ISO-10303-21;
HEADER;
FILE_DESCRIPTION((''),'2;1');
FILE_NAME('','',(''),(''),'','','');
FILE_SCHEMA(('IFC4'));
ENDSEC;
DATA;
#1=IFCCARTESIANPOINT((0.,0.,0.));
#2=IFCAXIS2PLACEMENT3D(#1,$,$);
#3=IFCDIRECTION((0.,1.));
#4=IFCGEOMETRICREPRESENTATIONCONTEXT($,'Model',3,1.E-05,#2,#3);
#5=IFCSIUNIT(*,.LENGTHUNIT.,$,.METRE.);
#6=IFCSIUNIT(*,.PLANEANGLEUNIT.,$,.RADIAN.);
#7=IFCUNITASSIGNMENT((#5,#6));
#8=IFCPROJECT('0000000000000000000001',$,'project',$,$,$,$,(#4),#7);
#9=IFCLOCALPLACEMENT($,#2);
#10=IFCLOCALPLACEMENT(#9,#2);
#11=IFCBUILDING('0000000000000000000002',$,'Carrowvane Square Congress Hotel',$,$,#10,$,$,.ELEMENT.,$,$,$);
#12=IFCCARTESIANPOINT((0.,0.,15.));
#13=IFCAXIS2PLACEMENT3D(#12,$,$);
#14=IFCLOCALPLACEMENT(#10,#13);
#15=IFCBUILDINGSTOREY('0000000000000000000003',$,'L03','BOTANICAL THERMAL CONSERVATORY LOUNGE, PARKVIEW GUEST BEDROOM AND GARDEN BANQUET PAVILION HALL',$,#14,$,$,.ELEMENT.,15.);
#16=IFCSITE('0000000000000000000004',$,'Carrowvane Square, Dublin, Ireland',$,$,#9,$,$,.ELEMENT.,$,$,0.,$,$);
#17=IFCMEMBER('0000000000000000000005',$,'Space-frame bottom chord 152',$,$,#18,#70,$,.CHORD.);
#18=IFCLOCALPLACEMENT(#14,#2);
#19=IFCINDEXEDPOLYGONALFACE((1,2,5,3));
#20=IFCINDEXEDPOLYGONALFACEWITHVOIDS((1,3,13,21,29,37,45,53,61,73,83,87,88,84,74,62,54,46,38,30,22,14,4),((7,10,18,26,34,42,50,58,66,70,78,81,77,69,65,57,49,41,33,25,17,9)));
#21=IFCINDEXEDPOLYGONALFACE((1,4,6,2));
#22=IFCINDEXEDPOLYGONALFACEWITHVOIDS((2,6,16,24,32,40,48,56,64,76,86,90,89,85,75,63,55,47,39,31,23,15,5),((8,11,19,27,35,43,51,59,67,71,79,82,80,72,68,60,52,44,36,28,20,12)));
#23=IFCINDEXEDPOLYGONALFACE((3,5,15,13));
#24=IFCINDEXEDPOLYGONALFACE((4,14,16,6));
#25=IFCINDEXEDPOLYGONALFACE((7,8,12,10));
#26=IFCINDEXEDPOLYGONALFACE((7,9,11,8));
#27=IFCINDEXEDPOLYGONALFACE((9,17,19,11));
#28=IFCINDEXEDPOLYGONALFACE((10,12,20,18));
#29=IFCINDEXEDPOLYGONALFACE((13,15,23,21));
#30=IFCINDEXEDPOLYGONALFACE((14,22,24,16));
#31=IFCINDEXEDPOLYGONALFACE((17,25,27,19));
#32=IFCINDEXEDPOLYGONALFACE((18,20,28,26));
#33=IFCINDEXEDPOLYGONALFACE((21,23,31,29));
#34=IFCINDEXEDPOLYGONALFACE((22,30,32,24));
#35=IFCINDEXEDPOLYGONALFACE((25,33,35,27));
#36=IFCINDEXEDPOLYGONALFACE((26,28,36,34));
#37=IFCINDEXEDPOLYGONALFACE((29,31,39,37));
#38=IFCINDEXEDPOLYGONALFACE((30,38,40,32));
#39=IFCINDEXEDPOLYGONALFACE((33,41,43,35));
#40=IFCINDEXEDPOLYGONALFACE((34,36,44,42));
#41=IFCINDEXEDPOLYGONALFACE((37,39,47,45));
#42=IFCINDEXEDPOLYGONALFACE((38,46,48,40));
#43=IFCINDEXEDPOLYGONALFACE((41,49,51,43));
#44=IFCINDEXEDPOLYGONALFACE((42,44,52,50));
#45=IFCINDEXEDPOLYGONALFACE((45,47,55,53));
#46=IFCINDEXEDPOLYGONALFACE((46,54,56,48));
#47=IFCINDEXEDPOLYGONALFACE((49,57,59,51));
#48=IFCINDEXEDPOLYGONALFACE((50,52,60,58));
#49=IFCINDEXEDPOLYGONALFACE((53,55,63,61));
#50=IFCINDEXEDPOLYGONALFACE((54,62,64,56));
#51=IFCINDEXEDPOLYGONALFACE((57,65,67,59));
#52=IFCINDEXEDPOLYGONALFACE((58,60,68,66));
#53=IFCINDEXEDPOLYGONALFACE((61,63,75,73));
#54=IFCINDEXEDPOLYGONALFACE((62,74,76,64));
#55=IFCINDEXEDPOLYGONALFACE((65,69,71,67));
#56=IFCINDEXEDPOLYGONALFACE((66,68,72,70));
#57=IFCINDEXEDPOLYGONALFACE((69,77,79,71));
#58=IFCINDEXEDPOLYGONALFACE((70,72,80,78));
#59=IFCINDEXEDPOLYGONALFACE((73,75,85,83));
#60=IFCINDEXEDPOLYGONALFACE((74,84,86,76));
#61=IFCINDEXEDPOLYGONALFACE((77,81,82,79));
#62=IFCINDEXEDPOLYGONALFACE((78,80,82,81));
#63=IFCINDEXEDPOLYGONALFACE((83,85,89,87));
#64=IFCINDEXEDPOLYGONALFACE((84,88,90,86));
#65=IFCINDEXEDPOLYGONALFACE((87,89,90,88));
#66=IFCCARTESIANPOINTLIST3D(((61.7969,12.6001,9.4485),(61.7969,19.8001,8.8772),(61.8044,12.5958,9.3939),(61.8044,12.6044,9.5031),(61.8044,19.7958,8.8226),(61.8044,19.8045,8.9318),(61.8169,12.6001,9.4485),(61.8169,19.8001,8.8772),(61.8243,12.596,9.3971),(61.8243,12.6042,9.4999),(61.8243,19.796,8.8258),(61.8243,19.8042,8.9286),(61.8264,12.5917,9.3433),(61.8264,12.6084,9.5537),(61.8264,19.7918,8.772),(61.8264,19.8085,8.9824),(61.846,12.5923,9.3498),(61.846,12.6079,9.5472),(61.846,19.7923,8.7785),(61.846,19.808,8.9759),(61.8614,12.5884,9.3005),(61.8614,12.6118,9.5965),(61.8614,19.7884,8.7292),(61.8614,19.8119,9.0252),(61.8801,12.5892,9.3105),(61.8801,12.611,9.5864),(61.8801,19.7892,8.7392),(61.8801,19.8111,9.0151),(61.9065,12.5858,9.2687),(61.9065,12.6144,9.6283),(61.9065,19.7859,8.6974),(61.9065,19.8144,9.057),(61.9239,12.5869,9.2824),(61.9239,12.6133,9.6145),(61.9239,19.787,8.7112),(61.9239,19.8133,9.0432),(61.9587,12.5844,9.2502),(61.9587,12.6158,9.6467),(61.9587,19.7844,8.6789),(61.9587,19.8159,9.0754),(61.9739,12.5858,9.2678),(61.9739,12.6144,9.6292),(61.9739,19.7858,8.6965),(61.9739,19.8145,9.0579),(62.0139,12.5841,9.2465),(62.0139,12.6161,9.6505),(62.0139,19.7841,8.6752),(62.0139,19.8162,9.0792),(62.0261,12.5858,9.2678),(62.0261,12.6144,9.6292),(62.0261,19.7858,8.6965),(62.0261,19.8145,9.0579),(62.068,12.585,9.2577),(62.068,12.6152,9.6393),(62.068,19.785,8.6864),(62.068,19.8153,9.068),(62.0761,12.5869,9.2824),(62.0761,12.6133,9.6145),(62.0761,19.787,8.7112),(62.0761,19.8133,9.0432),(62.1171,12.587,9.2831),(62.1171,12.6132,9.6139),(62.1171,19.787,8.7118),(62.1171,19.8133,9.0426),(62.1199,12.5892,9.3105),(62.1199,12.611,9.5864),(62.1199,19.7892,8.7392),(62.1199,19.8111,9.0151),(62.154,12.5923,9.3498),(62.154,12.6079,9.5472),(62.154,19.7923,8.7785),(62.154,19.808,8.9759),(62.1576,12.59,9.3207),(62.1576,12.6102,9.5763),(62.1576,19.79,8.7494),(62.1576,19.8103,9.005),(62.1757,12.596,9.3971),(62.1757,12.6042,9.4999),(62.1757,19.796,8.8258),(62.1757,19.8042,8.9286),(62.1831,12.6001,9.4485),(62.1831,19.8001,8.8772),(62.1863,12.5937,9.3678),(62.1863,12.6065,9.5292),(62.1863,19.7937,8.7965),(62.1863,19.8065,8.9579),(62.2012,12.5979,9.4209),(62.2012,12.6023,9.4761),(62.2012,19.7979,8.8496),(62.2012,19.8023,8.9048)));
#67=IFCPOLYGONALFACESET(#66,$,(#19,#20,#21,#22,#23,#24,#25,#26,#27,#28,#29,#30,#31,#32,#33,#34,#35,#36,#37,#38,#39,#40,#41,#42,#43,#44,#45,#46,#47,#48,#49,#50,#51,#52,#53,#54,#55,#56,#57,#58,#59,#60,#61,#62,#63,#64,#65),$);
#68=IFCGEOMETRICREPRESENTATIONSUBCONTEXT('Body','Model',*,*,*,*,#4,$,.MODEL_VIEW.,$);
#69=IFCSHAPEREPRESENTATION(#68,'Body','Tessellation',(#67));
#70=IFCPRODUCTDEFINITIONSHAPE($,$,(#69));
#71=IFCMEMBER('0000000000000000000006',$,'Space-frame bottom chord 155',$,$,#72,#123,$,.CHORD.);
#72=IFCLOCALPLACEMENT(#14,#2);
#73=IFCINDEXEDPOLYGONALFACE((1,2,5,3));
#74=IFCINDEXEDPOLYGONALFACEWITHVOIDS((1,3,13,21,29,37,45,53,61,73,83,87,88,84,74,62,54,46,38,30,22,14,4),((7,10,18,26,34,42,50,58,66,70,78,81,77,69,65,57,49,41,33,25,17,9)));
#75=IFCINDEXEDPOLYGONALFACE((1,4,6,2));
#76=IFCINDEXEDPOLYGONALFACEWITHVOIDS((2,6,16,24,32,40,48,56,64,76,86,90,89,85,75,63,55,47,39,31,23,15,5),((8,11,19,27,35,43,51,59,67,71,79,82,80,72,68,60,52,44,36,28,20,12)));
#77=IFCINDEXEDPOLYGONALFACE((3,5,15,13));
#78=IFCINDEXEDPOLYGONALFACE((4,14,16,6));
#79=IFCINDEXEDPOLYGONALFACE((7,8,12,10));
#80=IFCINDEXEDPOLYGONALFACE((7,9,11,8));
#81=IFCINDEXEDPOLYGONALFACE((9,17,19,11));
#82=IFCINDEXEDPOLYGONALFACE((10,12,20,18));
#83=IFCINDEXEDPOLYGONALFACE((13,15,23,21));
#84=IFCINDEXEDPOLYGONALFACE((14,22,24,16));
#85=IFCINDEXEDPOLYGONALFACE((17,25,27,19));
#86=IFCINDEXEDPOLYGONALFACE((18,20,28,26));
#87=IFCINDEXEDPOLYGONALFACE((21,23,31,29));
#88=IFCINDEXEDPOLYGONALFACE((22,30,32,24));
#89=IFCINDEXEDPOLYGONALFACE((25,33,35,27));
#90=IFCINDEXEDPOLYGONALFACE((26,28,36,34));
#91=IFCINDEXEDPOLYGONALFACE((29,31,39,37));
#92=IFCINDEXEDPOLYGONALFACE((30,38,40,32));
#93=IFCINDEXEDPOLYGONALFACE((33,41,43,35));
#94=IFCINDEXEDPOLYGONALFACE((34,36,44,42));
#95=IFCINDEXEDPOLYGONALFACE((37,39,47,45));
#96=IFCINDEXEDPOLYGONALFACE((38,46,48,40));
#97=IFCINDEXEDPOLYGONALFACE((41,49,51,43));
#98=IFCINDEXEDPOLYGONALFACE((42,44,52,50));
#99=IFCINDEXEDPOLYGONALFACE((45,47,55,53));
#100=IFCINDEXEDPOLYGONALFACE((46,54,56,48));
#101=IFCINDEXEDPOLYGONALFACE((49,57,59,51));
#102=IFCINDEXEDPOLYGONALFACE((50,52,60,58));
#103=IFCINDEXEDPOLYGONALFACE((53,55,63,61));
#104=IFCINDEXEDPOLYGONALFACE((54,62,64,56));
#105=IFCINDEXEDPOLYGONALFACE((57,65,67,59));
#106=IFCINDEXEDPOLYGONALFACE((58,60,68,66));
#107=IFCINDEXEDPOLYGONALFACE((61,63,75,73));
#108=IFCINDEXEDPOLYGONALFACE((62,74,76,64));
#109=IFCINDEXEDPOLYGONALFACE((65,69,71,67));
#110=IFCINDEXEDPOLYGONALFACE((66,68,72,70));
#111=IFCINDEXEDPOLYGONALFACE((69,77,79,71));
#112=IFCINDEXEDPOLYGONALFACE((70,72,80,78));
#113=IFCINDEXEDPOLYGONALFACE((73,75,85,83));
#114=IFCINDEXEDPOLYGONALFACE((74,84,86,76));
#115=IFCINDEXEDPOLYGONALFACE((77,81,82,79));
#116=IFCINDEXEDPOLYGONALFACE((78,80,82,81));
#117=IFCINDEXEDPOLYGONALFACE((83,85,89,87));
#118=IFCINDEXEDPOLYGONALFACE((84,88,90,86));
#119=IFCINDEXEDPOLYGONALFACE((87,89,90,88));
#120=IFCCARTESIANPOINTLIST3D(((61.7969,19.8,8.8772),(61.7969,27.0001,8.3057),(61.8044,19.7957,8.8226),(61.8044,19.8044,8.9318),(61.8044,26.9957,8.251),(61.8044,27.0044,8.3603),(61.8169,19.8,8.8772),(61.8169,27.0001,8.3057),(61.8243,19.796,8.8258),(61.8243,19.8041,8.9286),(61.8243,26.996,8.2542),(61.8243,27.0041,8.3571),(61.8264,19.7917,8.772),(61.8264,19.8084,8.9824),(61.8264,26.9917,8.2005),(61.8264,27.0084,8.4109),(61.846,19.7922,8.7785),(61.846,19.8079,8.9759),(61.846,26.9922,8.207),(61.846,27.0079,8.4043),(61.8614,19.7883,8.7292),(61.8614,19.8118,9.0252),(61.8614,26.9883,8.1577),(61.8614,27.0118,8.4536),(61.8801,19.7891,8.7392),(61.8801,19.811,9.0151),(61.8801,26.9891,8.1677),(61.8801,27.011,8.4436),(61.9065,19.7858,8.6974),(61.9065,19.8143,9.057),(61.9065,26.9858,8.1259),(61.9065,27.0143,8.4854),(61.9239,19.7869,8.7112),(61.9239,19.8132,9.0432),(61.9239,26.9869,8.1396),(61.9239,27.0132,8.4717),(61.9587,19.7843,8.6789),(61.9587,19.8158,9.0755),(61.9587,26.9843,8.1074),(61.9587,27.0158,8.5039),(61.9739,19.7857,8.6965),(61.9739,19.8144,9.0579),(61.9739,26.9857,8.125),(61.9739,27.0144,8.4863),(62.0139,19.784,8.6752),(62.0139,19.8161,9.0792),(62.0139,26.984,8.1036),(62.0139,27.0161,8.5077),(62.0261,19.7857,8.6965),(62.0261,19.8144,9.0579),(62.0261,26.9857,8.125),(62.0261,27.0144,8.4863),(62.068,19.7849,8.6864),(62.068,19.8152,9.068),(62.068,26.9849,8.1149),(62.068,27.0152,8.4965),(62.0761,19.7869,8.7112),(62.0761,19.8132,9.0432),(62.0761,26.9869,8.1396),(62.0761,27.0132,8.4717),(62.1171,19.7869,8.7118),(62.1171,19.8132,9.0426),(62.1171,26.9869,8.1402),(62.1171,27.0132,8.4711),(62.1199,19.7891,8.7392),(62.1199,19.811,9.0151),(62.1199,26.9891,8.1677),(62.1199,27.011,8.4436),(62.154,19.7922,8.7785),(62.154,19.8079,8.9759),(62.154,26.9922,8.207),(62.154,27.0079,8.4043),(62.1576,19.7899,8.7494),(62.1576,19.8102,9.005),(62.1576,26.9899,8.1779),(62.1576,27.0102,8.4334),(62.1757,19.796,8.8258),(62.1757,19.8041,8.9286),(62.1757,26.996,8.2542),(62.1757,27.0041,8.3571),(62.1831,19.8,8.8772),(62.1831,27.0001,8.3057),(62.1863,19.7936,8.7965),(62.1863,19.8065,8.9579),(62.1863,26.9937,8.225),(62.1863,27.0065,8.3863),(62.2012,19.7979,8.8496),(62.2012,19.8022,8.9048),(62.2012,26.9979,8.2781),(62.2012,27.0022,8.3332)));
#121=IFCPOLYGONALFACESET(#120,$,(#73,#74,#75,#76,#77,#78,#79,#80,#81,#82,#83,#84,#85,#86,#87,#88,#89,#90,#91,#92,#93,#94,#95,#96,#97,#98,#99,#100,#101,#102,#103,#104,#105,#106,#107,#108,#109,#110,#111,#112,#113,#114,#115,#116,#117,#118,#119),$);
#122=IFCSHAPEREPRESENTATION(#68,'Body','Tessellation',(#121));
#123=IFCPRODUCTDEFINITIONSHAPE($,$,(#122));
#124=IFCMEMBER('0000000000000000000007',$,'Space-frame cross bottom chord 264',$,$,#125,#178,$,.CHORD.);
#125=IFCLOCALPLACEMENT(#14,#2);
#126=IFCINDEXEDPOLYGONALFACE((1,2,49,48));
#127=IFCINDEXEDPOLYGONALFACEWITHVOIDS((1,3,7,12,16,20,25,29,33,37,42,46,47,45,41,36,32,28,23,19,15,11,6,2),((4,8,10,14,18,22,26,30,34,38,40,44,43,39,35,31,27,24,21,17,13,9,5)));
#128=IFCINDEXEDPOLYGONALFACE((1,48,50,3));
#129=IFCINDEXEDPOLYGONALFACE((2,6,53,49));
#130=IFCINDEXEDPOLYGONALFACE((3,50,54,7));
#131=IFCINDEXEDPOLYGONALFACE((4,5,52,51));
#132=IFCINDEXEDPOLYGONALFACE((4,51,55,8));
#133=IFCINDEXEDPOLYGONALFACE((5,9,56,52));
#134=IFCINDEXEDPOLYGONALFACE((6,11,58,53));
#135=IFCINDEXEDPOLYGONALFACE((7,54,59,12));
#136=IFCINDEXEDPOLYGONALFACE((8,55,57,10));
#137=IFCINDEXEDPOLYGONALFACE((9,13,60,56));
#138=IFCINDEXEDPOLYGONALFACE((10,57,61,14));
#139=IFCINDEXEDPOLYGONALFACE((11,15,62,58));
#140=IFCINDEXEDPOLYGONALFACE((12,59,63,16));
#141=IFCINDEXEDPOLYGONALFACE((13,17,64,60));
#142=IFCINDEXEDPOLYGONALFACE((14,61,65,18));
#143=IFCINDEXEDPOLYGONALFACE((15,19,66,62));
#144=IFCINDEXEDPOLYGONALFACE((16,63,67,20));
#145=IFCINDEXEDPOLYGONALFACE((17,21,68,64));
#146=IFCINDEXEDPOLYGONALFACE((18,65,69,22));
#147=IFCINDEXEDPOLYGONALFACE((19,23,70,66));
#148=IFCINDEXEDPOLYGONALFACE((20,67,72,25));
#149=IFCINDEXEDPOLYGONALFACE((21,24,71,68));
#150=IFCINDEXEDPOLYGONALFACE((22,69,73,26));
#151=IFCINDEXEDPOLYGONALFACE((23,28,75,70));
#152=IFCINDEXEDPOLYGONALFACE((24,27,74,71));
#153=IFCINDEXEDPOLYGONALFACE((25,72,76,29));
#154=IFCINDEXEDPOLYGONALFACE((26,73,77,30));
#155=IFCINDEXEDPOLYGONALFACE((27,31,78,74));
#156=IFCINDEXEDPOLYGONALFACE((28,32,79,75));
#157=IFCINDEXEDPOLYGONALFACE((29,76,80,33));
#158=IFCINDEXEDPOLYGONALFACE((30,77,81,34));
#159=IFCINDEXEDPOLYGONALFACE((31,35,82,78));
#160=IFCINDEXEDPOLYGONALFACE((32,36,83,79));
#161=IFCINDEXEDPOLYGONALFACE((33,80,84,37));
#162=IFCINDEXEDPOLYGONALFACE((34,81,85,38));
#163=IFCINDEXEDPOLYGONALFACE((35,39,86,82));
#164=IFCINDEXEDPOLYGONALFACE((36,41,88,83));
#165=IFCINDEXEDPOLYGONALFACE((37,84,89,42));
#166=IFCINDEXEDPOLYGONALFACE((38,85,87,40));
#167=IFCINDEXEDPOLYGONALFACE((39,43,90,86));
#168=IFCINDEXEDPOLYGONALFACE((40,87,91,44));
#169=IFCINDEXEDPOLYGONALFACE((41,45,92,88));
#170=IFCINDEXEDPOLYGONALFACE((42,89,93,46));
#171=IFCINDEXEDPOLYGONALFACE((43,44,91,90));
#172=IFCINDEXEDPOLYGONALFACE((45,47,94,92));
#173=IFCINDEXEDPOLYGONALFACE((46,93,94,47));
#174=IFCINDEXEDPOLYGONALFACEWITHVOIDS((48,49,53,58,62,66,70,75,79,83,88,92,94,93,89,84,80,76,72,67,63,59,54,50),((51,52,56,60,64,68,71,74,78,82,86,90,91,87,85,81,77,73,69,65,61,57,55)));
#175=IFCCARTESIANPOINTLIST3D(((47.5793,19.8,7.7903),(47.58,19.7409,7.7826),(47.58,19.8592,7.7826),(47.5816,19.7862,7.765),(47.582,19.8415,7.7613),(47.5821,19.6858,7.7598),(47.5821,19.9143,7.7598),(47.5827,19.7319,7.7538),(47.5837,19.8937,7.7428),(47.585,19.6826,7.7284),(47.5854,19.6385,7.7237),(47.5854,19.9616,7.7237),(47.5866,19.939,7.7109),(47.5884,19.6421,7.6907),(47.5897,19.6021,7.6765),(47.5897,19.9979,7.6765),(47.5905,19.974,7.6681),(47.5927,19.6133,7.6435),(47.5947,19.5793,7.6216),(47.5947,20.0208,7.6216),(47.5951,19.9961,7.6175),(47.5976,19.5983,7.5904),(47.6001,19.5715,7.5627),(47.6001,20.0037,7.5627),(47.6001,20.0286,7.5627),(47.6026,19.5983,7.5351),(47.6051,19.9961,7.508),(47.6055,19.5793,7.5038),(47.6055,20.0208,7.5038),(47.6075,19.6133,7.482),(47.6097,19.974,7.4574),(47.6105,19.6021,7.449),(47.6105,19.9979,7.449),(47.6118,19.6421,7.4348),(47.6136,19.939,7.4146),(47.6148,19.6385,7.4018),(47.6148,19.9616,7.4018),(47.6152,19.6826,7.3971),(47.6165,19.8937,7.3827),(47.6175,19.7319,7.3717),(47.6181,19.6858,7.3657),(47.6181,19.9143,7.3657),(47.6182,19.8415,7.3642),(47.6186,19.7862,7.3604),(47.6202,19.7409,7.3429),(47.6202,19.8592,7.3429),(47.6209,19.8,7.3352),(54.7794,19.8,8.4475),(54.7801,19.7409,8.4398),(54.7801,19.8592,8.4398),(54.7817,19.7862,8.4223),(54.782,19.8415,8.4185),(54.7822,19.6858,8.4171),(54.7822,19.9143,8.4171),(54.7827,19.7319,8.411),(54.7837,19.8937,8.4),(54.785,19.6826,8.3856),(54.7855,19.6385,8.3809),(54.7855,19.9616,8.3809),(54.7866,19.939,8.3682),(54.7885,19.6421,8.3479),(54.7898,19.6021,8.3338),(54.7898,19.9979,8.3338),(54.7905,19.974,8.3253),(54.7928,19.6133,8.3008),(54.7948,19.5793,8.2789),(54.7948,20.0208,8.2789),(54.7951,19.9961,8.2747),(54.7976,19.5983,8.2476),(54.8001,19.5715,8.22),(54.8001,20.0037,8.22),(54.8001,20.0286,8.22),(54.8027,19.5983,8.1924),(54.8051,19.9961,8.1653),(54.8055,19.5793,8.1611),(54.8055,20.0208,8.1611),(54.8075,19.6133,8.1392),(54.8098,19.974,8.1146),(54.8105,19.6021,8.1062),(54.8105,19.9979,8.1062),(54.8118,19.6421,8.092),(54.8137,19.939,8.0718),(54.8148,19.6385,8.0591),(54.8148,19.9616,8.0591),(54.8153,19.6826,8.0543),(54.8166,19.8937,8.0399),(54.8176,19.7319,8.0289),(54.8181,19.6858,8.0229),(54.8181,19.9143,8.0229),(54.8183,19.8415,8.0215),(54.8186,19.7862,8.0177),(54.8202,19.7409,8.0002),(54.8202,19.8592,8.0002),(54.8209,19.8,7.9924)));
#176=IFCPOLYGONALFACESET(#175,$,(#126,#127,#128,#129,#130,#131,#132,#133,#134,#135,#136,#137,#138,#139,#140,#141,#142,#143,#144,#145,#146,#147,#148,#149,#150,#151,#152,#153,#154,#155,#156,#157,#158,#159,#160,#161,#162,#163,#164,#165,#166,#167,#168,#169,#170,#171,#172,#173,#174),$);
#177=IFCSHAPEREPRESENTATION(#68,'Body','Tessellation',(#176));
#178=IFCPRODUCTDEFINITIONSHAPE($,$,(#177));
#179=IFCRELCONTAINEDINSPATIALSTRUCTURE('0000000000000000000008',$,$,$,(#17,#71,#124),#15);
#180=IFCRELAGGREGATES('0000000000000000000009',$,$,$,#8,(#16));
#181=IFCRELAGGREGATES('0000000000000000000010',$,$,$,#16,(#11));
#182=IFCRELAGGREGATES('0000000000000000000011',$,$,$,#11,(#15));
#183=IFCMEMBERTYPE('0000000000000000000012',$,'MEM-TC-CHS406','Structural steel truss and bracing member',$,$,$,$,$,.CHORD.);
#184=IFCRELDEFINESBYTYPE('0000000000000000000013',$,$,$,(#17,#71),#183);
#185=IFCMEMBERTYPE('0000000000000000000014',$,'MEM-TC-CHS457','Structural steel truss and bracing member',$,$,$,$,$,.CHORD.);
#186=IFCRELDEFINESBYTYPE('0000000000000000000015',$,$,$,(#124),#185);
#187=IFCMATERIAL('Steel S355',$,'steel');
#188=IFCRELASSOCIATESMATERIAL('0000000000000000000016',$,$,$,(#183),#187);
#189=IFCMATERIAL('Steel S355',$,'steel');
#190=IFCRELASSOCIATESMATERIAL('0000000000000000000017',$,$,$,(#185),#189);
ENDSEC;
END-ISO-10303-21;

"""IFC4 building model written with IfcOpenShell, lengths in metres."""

from ifc_helpers import new_model, si_unit, direction, frame, origin, origin_2d, place, context, subcontext, project, spatial, hollow_circle, extrude, material, material_profile, profile_set, type_object, element, save


model = new_model("IFC4")

# Units and contexts
model_context = context("Model", 3, precision=1e-05, world=origin(), true_north=direction((0.0, 1.0)))
body_context = subcontext(model_context, "Body", "Model", "MODEL_VIEW")
ifc_project = project(units=[si_unit("LENGTHUNIT", "METRE"), si_unit("PLANEANGLEUNIT", "RADIAN")], contexts=[model_context])

# Site, building, storey
site_placement = place(None, origin())
site = spatial("IfcSite", under=ifc_project, at=site_placement, Name="Carrowvane Square, Dublin, Ireland", CompositionType="ELEMENT", RefElevation=0.0)
building_placement = place(site_placement, origin())
building = spatial("IfcBuilding", under=site, at=building_placement, Name="Carrowvane Square Congress Hotel", CompositionType="ELEMENT")
storey_placement = place(building_placement, frame((0.0, 0.0, 15.0)))
storey = spatial("IfcBuildingStorey", under=building, at=storey_placement, Name="L03", Description="BOTANICAL THERMAL CONSERVATORY LOUNGE, PARKVIEW GUEST BEDROOM AND GARDEN BANQUET PAVILION HALL", CompositionType="ELEMENT", Elevation=15.0)

# Members
ifc_material_1 = material(Name="Steel S355", Category="steel")
ifc_material_profile_1 = material_profile(ifc_material_1, hollow_circle(Radius=0.2031, WallThickness=0.02, at=origin_2d()), Name="CHS 406.4x20")
ifc_profile_set_1 = profile_set([ifc_material_profile_1], Name="Steel S355")
member_type_1 = type_object("IfcMemberType", Name="MEM-TC-CHS406", Description="Structural steel truss and bracing member", PredefinedType="CHORD", material=ifc_profile_set_1)
for number, where, z_axis, x_axis, name in (
    (1, (62.0, 12.6001, 9.4485), (0.0, 0.996867, -0.079098), (-1.0, 0.0, 0.0), "Space-frame bottom chord 152"),
    (2, (62.0, 19.8, 8.8772), (0.0, 0.996864, -0.079131), (-1.0, 0.0, 0.0), "Space-frame bottom chord 155"),
):
    element("IfcMember", number, at=place(storey_placement, frame(where, z_axis=z_axis, x_axis=x_axis)), inside=storey, type_object=member_type_1, Name=name, PredefinedType="CHORD", context=body_context, shape_type="SweptSolid", body=[
        extrude(hollow_circle(Radius=0.2031, WallThickness=0.02, at=origin_2d()), origin(), (0.0, 0.0, 1.0), 7.2227),
    ])
ifc_material_2 = material(Name="Steel S355", Category="steel")
ifc_material_profile_2 = material_profile(ifc_material_2, hollow_circle(Radius=0.2285, WallThickness=0.0249, at=origin_2d()), Name="CHS 457.0x25")
ifc_profile_set_2 = profile_set([ifc_material_profile_2], Name="Steel S355")
member_type_2 = type_object("IfcMemberType", Name="MEM-TC-CHS457", Description="Structural steel truss and bracing member", PredefinedType="CHORD", material=ifc_profile_set_2)
for number, where, z_axis, x_axis, name in (
    (3, (47.6001, 19.8, 7.5627), (0.99586, 0.0, 0.090904), (0.0, 1.0, 0.0), "Space-frame cross bottom chord 264"),
):
    element("IfcMember", number, at=place(storey_placement, frame(where, z_axis=z_axis, x_axis=x_axis)), inside=storey, type_object=member_type_2, Name=name, PredefinedType="CHORD", context=body_context, shape_type="SweptSolid", body=[
        extrude(hollow_circle(Radius=0.2285, WallThickness=0.0249, at=origin_2d()), origin(), (0.0, 0.0, 1.0), 7.23),
    ])

save(model, "model.ifc")
